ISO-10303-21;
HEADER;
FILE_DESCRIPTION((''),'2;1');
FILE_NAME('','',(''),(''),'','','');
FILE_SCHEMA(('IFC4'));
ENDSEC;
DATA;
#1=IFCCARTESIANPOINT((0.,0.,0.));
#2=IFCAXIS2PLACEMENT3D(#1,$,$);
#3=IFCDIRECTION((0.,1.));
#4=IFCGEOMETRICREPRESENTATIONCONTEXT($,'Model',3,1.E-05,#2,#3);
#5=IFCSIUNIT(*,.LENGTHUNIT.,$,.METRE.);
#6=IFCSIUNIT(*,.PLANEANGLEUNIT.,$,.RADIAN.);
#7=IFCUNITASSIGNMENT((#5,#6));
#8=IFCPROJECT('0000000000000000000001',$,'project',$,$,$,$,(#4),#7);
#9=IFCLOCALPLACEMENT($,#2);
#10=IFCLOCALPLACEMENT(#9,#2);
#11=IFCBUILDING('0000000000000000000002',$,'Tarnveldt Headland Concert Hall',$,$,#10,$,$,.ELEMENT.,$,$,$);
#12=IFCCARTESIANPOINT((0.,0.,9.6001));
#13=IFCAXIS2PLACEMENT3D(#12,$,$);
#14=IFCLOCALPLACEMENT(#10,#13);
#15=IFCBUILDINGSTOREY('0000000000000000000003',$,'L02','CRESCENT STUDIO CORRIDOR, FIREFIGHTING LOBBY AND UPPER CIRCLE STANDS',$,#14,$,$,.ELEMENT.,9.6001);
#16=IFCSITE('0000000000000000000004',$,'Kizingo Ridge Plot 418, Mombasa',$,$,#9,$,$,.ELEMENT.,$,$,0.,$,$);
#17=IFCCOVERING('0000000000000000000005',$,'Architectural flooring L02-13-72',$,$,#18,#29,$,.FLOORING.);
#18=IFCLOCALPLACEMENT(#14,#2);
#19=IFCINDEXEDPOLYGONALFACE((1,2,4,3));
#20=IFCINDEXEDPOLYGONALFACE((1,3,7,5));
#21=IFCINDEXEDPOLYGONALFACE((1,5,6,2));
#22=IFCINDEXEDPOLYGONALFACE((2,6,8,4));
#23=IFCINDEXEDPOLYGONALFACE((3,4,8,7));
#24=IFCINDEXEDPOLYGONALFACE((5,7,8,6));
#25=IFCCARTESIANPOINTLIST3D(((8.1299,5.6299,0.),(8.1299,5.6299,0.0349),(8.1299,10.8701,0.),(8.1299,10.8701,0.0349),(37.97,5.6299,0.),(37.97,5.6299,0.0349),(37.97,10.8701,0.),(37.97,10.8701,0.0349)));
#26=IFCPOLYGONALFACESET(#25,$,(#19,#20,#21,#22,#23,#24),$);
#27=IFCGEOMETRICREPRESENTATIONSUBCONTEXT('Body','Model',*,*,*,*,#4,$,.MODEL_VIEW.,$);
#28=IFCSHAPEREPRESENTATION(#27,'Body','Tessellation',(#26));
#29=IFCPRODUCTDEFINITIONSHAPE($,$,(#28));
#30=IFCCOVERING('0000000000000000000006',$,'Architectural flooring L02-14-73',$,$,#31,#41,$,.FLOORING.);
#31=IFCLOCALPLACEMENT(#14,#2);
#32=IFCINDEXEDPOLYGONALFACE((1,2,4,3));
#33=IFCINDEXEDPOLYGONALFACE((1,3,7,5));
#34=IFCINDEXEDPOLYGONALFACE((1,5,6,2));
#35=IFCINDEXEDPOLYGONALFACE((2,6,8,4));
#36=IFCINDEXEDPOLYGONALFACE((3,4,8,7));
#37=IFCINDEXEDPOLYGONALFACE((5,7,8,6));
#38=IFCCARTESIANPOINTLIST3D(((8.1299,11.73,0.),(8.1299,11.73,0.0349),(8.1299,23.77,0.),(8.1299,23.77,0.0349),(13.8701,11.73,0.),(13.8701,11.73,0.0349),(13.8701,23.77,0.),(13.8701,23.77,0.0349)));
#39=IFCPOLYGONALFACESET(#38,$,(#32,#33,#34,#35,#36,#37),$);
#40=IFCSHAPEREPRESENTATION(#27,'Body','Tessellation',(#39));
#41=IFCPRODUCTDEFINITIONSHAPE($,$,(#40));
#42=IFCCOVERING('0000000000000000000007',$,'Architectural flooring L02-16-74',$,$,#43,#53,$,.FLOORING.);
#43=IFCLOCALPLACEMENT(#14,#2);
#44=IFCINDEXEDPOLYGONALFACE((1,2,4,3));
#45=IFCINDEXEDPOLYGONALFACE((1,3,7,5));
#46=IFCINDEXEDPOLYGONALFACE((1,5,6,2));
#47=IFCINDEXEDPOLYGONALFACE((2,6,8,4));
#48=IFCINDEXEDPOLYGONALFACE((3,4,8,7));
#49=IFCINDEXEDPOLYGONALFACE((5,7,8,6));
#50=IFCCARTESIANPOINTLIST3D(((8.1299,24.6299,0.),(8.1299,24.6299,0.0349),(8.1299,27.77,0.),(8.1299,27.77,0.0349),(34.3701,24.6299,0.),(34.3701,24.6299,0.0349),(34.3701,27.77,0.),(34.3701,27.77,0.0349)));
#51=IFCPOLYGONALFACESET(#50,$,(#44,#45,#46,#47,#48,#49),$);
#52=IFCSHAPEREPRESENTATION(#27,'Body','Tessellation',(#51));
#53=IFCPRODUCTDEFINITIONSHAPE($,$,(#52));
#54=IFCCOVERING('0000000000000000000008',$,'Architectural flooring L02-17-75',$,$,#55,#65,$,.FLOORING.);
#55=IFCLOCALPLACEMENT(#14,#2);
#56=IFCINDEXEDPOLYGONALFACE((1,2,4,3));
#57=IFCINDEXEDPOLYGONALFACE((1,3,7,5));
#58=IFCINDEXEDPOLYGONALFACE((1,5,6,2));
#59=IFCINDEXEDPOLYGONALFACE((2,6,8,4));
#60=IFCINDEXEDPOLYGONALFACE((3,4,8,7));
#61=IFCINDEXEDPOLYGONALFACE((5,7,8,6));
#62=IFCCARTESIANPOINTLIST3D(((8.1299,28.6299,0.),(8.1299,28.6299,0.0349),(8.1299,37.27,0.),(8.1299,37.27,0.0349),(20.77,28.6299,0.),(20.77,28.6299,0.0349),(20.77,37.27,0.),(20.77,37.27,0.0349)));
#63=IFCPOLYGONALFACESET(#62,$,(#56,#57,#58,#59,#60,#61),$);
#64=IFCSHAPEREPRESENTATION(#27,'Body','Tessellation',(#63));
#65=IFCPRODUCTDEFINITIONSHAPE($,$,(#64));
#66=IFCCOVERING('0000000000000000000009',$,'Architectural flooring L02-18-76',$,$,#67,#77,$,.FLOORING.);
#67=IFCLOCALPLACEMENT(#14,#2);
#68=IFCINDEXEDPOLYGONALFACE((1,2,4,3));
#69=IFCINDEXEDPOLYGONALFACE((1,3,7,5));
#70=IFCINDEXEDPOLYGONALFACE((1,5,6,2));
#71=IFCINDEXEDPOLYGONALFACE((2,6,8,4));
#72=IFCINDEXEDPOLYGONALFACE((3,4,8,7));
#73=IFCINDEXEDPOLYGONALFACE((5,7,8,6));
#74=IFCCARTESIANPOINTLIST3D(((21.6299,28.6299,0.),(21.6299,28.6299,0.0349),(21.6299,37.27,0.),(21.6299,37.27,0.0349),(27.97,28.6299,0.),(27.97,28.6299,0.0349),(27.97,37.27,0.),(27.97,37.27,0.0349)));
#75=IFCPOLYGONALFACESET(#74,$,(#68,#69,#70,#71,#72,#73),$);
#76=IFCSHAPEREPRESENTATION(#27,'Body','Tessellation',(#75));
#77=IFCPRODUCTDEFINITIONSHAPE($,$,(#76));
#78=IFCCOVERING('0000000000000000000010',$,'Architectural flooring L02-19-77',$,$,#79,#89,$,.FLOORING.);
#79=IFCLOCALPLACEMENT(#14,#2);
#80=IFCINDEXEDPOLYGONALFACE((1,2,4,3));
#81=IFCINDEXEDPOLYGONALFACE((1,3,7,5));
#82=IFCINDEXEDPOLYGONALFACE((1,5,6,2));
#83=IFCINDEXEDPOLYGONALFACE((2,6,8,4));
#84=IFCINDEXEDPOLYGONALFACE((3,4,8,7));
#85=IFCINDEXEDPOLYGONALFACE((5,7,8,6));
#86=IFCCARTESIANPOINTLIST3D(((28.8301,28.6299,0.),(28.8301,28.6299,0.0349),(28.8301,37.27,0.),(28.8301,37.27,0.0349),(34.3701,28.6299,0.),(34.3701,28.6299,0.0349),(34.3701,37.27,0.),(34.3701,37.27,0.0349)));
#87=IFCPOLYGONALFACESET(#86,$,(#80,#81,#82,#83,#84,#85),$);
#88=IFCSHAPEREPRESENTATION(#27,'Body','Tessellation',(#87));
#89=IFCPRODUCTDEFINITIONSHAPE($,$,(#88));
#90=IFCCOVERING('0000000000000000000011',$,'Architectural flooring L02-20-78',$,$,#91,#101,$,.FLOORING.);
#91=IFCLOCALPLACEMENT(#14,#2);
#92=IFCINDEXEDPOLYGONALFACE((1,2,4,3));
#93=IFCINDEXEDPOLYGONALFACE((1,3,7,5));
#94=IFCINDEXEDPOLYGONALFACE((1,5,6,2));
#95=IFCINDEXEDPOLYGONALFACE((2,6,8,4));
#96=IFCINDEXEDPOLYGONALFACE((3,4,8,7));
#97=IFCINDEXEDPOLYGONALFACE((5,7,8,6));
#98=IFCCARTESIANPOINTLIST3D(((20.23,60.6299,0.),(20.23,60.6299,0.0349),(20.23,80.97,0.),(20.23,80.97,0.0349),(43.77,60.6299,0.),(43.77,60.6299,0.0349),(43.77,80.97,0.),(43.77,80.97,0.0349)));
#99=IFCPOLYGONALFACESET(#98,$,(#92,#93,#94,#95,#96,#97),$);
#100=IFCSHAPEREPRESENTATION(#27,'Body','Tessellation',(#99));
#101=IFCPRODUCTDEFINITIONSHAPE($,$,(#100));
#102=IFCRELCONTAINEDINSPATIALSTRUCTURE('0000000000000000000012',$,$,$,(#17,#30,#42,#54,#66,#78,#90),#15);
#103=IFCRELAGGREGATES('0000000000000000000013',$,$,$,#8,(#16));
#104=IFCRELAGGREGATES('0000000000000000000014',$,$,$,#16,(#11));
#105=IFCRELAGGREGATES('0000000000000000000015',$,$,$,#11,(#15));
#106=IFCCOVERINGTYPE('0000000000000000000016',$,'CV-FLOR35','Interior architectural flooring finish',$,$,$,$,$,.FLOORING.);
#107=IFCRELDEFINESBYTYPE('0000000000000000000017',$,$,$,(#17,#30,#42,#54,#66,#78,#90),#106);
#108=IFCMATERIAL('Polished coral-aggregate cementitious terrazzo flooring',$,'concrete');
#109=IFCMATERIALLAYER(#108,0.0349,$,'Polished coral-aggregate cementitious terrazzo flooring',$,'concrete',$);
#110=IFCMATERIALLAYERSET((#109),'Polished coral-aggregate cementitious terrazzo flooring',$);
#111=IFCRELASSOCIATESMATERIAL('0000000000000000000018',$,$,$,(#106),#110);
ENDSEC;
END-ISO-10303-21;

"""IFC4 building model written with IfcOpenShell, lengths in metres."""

from ifc_helpers import new_model, si_unit, direction, frame, origin, place, context, subcontext, project, spatial, polyline, outline, extrude, material, layer, layer_set, type_object, element, save


model = new_model("IFC4")

# Units and contexts
model_context = context("Model", 3, precision=1e-05, world=origin(), true_north=direction((0.0, 1.0)))
body_context = subcontext(model_context, "Body", "Model", "MODEL_VIEW")
ifc_project = project(units=[si_unit("LENGTHUNIT", "METRE"), si_unit("PLANEANGLEUNIT", "RADIAN")], contexts=[model_context])

# Site, building, storey
site_placement = place(None, origin())
site = spatial("IfcSite", under=ifc_project, at=site_placement, Name="Kizingo Ridge Plot 418, Mombasa", CompositionType="ELEMENT", RefElevation=0.0)
building_placement = place(site_placement, origin())
building = spatial("IfcBuilding", under=site, at=building_placement, Name="Tarnveldt Headland Concert Hall", CompositionType="ELEMENT")
storey_placement = place(building_placement, frame((0.0, 0.0, 9.6001)))
storey = spatial("IfcBuildingStorey", under=building, at=storey_placement, Name="L02", Description="CRESCENT STUDIO CORRIDOR, FIREFIGHTING LOBBY AND UPPER CIRCLE STANDS", CompositionType="ELEMENT", Elevation=9.6001)

# Coverings
ifc_material_1 = material(Name="Polished coral-aggregate cementitious terrazzo flooring", Category="concrete")
ifc_layer_1 = layer(ifc_material_1, 0.0349, Name="Polished coral-aggregate cementitious terrazzo flooring", Category="concrete")
ifc_layer_set_1 = layer_set([ifc_layer_1], Name="Polished coral-aggregate cementitious terrazzo flooring")
covering_type_1 = type_object("IfcCoveringType", Name="CV-FLOR35", Description="Interior architectural flooring finish", PredefinedType="FLOORING", material=ifc_layer_set_1)
covering_1_placement = place(storey_placement, origin())
element("IfcCovering", 1, at=covering_1_placement, inside=storey, type_object=covering_type_1, Name="Architectural flooring L02-13-72", PredefinedType="FLOORING", context=body_context, shape_type="SweptSolid", body=[
    extrude(outline(polyline([(8.1299, 10.8701), (37.97, 10.8701), (37.97, 5.6299), (8.1299, 5.6299), (8.1299, 10.8701)])), origin(), (0.0, 0.0, 1.0), 0.0349),
])
covering_2_placement = place(storey_placement, origin())
element("IfcCovering", 2, at=covering_2_placement, inside=storey, type_object=covering_type_1, Name="Architectural flooring L02-14-73", PredefinedType="FLOORING", context=body_context, shape_type="SweptSolid", body=[
    extrude(outline(polyline([(8.1299, 23.77), (13.8701, 23.77), (13.8701, 11.73), (8.1299, 11.73), (8.1299, 23.77)])), origin(), (0.0, 0.0, 1.0), 0.0349),
])
covering_3_placement = place(storey_placement, origin())
element("IfcCovering", 3, at=covering_3_placement, inside=storey, type_object=covering_type_1, Name="Architectural flooring L02-16-74", PredefinedType="FLOORING", context=body_context, shape_type="SweptSolid", body=[
    extrude(outline(polyline([(8.1299, 27.77), (34.3701, 27.77), (34.3701, 24.6299), (8.1299, 24.6299), (8.1299, 27.77)])), origin(), (0.0, 0.0, 1.0), 0.0349),
])
covering_4_placement = place(storey_placement, origin())
element("IfcCovering", 4, at=covering_4_placement, inside=storey, type_object=covering_type_1, Name="Architectural flooring L02-17-75", PredefinedType="FLOORING", context=body_context, shape_type="SweptSolid", body=[
    extrude(outline(polyline([(8.1299, 37.27), (20.77, 37.27), (20.77, 28.6299), (8.1299, 28.6299), (8.1299, 37.27)])), origin(), (0.0, 0.0, 1.0), 0.0349),
])
covering_5_placement = place(storey_placement, origin())
element("IfcCovering", 5, at=covering_5_placement, inside=storey, type_object=covering_type_1, Name="Architectural flooring L02-18-76", PredefinedType="FLOORING", context=body_context, shape_type="SweptSolid", body=[
    extrude(outline(polyline([(21.6299, 37.27), (27.97, 37.27), (27.97, 28.6299), (21.6299, 28.6299), (21.6299, 37.27)])), origin(), (0.0, 0.0, 1.0), 0.0349),
])
covering_6_placement = place(storey_placement, origin())
element("IfcCovering", 6, at=covering_6_placement, inside=storey, type_object=covering_type_1, Name="Architectural flooring L02-19-77", PredefinedType="FLOORING", context=body_context, shape_type="SweptSolid", body=[
    extrude(outline(polyline([(28.8301, 37.27), (34.3701, 37.27), (34.3701, 28.6299), (28.8301, 28.6299), (28.8301, 37.27)])), origin(), (0.0, 0.0, 1.0), 0.0349),
])
covering_7_placement = place(storey_placement, origin())
element("IfcCovering", 7, at=covering_7_placement, inside=storey, type_object=covering_type_1, Name="Architectural flooring L02-20-78", PredefinedType="FLOORING", context=body_context, shape_type="SweptSolid", body=[
    extrude(outline(polyline([(20.23, 80.97), (43.77, 80.97), (43.77, 60.6299), (20.23, 60.6299), (20.23, 80.97)])), origin(), (0.0, 0.0, 1.0), 0.0349),
])

save(model, "model.ifc")
